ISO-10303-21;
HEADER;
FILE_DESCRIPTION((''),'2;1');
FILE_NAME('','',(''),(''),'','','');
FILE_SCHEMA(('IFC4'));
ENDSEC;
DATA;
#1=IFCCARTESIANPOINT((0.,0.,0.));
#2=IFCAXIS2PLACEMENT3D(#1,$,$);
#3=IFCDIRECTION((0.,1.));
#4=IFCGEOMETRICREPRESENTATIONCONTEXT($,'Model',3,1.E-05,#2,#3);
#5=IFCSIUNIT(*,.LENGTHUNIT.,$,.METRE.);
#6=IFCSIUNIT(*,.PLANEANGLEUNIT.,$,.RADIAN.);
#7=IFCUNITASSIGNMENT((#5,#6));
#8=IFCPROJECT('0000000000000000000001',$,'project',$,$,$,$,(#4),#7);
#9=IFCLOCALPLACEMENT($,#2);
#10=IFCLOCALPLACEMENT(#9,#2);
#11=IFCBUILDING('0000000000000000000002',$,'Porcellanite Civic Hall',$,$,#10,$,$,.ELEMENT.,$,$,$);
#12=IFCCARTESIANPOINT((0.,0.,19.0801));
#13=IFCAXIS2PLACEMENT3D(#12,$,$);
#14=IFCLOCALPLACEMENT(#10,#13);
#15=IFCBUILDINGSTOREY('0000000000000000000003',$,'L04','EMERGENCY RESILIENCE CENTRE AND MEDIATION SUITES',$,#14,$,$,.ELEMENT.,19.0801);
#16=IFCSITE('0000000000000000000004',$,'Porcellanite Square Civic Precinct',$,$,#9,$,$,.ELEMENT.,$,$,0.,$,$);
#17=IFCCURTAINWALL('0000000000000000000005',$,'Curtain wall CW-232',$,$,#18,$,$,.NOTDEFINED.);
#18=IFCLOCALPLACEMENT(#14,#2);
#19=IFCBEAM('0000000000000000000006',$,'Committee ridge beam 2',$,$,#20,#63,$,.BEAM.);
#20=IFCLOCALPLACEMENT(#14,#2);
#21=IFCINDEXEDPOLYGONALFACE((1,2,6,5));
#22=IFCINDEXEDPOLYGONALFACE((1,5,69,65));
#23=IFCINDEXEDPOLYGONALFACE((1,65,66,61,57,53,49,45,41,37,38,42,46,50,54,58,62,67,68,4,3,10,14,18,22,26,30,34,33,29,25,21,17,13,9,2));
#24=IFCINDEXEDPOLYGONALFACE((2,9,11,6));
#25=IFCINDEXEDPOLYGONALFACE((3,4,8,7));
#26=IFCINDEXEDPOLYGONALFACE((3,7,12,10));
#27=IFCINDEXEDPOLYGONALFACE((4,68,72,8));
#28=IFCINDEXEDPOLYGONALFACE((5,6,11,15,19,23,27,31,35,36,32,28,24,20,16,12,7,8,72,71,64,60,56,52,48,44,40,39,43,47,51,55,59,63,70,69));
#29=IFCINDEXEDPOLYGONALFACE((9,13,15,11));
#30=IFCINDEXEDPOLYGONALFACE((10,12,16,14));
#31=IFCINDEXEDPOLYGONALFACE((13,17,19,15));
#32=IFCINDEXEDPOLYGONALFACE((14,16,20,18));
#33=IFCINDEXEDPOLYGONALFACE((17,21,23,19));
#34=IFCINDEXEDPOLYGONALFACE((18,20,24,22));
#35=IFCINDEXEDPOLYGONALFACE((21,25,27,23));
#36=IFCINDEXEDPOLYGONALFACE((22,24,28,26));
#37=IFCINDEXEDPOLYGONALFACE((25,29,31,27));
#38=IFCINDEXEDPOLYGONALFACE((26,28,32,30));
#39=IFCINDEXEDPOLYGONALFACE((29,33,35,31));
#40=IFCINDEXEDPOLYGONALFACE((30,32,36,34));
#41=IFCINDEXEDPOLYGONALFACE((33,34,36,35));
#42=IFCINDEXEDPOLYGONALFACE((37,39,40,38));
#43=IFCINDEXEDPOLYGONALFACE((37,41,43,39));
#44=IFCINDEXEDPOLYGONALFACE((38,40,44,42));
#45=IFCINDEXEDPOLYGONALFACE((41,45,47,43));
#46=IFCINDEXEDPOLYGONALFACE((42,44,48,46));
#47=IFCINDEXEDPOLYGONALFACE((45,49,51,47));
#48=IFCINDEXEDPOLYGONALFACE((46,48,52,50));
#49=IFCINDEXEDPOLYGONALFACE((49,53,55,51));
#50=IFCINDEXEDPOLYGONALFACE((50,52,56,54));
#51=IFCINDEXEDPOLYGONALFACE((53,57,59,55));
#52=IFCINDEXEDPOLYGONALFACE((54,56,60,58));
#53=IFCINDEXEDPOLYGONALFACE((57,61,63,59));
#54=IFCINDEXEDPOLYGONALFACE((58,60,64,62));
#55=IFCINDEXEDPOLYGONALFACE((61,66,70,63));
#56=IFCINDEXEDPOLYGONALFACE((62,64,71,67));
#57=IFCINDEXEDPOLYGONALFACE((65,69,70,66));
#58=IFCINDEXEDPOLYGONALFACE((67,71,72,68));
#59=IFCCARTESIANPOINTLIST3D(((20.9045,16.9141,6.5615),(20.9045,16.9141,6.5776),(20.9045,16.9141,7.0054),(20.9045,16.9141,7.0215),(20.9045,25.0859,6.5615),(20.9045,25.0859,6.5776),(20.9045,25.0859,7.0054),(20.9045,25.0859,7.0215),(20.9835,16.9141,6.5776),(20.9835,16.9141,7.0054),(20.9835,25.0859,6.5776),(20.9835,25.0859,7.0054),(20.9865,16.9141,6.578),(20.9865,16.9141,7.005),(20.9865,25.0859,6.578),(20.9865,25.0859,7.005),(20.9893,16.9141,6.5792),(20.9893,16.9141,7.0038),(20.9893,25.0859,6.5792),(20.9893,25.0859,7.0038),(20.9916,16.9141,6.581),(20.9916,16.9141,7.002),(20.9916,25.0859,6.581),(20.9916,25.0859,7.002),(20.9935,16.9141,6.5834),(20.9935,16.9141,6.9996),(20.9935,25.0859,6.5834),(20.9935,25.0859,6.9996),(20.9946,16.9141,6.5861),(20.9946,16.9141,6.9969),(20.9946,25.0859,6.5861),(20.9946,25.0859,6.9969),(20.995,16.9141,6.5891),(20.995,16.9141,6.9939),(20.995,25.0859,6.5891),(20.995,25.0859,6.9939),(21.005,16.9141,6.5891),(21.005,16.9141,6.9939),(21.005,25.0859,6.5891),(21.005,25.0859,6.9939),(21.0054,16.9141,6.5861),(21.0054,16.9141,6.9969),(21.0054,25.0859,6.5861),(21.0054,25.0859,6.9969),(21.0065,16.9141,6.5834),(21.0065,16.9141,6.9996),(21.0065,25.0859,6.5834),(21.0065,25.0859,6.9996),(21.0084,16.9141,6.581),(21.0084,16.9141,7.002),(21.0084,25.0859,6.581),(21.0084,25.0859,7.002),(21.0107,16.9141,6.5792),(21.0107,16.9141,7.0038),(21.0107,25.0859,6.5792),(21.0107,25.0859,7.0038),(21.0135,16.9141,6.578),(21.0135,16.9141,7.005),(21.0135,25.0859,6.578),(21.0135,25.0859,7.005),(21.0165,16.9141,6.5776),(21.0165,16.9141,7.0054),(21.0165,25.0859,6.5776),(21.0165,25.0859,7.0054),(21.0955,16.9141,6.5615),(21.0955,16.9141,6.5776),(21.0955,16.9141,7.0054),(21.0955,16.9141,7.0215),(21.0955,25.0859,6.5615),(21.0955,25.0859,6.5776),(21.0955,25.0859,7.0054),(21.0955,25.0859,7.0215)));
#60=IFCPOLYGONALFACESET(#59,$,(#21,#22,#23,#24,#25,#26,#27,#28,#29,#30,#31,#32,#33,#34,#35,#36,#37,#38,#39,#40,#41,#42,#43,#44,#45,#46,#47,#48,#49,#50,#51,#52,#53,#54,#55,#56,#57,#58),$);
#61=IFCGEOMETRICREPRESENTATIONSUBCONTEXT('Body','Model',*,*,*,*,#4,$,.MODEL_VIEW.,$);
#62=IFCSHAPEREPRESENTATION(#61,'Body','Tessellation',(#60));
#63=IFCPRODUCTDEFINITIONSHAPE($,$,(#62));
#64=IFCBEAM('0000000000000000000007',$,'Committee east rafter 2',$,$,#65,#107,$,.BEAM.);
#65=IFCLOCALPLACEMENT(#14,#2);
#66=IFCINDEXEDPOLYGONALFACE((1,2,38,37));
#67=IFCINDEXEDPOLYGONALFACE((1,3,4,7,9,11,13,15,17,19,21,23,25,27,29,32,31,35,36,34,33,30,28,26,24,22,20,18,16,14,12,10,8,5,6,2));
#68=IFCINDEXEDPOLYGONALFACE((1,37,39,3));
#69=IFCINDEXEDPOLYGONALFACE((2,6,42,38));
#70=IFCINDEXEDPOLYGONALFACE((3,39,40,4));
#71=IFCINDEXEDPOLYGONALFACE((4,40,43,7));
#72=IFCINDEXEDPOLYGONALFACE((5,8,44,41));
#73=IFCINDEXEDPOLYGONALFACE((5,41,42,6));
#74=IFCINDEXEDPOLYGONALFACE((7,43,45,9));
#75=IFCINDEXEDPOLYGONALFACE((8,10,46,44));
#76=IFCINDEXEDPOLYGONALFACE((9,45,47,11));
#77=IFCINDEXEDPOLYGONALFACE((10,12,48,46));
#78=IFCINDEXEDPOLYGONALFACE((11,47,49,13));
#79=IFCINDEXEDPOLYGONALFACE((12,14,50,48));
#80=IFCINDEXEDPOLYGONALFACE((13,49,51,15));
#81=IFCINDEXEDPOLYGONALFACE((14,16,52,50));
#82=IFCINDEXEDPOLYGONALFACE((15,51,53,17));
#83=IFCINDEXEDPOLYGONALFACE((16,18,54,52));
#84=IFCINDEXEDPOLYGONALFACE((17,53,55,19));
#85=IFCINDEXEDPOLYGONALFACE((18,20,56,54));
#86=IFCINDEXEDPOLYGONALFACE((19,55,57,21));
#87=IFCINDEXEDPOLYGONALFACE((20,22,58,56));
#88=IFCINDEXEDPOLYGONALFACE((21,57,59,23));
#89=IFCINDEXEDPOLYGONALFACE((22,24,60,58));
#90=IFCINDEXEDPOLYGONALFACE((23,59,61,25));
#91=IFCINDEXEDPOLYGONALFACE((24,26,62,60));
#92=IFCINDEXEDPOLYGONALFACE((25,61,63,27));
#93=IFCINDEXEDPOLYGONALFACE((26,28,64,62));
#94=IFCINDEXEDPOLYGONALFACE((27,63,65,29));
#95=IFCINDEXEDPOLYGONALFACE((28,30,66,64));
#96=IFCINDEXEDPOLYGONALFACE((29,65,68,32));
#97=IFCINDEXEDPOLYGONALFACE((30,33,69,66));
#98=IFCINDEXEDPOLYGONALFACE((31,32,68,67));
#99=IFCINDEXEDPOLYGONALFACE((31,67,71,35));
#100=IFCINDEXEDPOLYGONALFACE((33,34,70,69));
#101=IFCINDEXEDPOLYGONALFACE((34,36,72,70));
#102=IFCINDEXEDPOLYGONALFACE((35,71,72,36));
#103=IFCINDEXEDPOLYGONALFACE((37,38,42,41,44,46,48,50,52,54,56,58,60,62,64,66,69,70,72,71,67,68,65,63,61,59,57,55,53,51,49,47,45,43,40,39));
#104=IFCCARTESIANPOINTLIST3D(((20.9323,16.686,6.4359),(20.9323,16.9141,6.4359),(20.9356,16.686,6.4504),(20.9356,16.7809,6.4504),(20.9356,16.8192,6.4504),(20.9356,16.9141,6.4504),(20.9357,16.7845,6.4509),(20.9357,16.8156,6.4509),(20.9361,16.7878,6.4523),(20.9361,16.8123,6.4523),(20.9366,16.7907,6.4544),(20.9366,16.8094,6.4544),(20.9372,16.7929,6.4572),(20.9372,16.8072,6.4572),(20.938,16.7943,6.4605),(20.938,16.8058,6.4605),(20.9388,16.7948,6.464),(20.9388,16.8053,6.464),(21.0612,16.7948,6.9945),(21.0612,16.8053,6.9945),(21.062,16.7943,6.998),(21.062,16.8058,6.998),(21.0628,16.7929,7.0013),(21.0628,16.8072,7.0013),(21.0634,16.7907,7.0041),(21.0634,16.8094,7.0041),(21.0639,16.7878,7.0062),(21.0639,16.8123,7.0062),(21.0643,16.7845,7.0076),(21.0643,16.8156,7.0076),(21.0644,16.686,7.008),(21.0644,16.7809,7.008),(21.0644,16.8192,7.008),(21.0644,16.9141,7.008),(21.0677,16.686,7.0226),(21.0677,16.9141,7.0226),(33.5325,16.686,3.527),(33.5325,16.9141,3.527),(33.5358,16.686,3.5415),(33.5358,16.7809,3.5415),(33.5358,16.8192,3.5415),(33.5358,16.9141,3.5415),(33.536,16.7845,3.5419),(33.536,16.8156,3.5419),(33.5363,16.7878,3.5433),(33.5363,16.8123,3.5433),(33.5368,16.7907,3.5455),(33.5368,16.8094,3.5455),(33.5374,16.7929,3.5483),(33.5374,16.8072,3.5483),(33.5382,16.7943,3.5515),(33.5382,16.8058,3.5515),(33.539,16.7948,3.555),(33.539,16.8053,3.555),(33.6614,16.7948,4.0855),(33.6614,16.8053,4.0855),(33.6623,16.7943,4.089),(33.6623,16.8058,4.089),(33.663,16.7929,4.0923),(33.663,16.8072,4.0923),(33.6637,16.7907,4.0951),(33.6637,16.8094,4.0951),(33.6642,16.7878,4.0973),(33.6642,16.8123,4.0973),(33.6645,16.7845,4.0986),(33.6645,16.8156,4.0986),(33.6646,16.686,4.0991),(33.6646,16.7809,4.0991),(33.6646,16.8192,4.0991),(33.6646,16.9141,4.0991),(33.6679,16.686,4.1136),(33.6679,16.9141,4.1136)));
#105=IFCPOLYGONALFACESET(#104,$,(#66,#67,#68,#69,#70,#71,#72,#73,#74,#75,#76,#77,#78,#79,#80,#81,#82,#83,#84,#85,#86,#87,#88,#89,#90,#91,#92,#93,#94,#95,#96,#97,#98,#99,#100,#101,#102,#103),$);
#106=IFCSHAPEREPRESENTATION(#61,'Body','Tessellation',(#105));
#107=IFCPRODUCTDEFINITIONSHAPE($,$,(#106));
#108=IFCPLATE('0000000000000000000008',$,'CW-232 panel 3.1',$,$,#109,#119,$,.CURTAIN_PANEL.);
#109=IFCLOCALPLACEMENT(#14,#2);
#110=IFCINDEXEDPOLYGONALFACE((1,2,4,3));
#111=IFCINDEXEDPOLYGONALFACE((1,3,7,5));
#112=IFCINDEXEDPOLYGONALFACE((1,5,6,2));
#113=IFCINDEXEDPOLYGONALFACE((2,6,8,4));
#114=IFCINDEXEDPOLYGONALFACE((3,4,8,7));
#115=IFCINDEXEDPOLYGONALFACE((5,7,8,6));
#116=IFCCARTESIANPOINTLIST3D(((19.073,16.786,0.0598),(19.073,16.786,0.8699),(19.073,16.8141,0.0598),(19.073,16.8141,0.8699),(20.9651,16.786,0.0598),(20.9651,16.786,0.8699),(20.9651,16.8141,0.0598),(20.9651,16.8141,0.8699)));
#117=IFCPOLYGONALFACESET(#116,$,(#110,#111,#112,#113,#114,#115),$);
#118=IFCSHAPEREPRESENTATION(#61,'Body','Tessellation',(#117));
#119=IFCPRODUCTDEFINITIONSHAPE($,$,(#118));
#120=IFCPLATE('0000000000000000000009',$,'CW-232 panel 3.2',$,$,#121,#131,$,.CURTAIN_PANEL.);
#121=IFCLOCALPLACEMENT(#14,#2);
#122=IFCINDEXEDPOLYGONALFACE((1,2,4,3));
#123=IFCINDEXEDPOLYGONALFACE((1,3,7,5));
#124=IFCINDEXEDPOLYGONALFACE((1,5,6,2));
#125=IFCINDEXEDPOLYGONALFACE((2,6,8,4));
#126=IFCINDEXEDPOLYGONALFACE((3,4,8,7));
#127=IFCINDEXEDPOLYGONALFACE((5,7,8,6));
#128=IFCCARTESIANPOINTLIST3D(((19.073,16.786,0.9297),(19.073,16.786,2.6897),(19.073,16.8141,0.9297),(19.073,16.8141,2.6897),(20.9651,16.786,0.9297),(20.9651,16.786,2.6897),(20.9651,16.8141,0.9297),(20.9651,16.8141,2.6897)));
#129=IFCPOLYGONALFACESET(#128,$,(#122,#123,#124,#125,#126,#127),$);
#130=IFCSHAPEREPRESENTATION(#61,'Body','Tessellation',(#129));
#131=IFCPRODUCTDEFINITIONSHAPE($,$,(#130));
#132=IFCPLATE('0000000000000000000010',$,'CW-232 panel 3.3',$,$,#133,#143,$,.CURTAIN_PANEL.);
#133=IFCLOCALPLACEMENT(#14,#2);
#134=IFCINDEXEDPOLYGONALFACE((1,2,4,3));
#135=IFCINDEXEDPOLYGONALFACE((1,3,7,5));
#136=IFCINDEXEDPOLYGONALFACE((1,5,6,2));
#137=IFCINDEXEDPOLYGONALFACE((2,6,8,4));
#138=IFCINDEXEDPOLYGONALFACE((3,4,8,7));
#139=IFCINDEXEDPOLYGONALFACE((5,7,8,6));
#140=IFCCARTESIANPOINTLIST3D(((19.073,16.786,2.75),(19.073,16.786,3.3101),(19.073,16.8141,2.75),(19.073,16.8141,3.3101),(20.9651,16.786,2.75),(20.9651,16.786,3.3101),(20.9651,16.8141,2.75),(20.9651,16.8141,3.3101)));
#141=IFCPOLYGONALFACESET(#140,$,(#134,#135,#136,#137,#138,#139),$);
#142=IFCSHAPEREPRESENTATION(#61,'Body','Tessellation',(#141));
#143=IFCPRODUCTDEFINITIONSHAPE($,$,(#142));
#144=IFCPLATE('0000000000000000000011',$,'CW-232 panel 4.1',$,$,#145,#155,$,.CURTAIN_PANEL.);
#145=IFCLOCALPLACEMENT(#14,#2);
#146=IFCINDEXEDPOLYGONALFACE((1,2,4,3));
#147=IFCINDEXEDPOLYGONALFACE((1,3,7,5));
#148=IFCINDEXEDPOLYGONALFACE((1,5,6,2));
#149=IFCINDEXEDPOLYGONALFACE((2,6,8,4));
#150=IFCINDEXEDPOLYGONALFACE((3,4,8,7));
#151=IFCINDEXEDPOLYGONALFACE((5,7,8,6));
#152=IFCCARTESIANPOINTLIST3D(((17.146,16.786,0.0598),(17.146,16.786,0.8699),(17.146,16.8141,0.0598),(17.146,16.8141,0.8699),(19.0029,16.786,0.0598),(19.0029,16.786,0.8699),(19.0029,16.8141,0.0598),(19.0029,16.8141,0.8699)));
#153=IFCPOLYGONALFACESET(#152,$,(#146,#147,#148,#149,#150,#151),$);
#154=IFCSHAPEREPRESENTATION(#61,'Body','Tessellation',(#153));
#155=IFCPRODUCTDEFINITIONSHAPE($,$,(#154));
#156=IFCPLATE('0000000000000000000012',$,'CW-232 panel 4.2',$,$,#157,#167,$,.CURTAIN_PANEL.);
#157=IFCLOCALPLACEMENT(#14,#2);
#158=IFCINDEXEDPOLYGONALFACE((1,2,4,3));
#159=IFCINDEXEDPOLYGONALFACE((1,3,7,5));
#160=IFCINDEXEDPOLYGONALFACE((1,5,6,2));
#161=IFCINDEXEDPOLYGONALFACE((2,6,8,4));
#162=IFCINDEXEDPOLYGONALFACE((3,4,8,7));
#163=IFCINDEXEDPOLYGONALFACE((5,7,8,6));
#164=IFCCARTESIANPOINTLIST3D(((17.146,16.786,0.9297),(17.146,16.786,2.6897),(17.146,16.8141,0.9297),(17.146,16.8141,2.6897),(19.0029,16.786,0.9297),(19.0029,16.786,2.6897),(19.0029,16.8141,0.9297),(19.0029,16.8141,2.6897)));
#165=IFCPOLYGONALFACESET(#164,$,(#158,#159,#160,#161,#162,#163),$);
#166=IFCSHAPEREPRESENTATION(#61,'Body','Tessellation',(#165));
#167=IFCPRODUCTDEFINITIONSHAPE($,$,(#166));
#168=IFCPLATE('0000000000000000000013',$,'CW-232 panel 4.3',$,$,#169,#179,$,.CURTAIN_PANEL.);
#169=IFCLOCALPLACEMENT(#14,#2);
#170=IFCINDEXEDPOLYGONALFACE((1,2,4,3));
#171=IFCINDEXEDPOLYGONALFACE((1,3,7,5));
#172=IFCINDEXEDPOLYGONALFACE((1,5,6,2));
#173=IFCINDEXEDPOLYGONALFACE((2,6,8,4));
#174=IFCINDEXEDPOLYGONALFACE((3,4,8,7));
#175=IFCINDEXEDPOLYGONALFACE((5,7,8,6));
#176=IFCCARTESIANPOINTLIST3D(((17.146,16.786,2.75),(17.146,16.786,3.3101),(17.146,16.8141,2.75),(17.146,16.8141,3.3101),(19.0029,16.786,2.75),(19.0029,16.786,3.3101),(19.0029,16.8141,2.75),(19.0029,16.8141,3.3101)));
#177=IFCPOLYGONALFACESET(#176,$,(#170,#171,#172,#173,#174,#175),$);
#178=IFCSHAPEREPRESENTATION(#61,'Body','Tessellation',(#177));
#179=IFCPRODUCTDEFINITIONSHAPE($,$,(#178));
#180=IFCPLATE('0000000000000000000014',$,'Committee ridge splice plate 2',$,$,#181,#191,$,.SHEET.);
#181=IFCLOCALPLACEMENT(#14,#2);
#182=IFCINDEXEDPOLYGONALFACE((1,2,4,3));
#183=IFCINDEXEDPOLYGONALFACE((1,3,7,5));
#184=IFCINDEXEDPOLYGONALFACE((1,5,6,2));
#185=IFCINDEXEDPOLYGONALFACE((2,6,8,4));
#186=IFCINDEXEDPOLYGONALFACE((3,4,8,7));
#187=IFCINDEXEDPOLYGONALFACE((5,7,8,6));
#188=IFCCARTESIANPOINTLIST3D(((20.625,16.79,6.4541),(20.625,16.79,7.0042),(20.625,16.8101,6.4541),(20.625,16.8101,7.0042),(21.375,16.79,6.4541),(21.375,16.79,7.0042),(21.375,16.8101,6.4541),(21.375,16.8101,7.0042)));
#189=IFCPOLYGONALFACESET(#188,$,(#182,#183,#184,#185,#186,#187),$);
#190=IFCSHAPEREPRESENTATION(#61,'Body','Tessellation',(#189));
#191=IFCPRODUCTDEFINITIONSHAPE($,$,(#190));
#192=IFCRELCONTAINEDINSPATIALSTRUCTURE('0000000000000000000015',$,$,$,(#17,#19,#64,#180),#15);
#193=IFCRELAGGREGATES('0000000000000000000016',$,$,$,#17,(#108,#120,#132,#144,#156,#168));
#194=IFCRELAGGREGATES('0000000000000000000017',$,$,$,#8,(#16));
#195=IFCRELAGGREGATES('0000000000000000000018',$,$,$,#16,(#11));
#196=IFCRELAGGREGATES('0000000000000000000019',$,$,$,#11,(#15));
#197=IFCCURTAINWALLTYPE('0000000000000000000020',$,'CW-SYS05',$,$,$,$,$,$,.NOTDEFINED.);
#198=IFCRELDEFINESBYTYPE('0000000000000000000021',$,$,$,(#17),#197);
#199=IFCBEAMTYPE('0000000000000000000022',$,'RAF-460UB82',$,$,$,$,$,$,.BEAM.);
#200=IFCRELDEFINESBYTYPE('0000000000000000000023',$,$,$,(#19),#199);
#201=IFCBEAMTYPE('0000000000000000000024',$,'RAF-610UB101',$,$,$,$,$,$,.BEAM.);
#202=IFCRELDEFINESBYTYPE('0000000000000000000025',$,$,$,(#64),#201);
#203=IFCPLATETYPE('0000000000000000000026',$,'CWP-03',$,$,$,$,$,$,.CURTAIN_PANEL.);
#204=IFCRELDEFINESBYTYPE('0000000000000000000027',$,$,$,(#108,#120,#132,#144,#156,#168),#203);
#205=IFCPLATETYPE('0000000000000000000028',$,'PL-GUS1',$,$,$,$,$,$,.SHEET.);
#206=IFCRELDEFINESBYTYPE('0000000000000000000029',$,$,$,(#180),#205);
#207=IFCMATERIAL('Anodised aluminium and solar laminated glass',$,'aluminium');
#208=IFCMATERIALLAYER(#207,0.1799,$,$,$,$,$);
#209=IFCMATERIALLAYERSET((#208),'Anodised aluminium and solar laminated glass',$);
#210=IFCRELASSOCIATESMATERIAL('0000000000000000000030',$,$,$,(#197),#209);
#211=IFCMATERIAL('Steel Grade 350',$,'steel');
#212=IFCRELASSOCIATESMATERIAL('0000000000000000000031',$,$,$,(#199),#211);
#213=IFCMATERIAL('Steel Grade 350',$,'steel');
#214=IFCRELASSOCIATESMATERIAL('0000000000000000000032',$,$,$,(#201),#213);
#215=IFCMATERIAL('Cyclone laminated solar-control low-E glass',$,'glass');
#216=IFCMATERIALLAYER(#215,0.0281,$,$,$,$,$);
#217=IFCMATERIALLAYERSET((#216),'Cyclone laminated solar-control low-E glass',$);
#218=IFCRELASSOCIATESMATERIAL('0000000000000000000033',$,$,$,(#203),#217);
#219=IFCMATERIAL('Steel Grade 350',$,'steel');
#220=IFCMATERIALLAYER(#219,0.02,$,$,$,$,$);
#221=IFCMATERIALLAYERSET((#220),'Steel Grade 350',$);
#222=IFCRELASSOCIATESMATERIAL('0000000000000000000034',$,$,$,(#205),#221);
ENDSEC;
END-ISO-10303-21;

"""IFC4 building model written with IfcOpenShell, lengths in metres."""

from ifc_helpers import new_model, si_unit, direction, frame, origin, origin_2d, place, context, subcontext, project, spatial, rectangle, i_section, extrude, material, layer, layer_set, material_profile, profile_set, type_object, element, aggregate, save


model = new_model("IFC4")

# Units and contexts
model_context = context("Model", 3, precision=1e-05, world=origin(), true_north=direction((0.0, 1.0)))
body_context = subcontext(model_context, "Body", "Model", "MODEL_VIEW")
ifc_project = project(units=[si_unit("LENGTHUNIT", "METRE"), si_unit("PLANEANGLEUNIT", "RADIAN")], contexts=[model_context])

# Site, building, storey
site_placement = place(None, origin())
site = spatial("IfcSite", under=ifc_project, at=site_placement, Name="Porcellanite Square Civic Precinct", CompositionType="ELEMENT", RefElevation=0.0)
building_placement = place(site_placement, origin())
building = spatial("IfcBuilding", under=site, at=building_placement, Name="Porcellanite Civic Hall", CompositionType="ELEMENT")
storey_placement = place(building_placement, frame((0.0, 0.0, 19.0801)))
storey = spatial("IfcBuildingStorey", under=building, at=storey_placement, Name="L04", Description="EMERGENCY RESILIENCE CENTRE AND MEDIATION SUITES", CompositionType="ELEMENT", Elevation=19.0801)

# Curtain wall
ifc_material_1 = material(Name="Anodised aluminium and solar laminated glass", Category="aluminium")
ifc_layer_1 = layer(ifc_material_1, 0.1799)
ifc_layer_set_1 = layer_set([ifc_layer_1], Name="Anodised aluminium and solar laminated glass")
curtain_wall_type = type_object("IfcCurtainWallType", Name="CW-SYS05", PredefinedType="NOTDEFINED", material=ifc_layer_set_1)
curtain_wall_placement = place(storey_placement, origin())
curtain_wall = element("IfcCurtainWall", 1, at=curtain_wall_placement, inside=storey, type_object=curtain_wall_type, Name="Curtain wall CW-232", PredefinedType="NOTDEFINED")

# Beams
ifc_material_2 = material(Name="Steel Grade 350", Category="steel")
ifc_material_profile_1 = material_profile(ifc_material_2, i_section(OverallWidth=0.1909, OverallDepth=0.46, WebThickness=0.01, FlangeThickness=0.0161, FilletRadius=0.0115, at=origin_2d()), Name="460UB82.1")
ifc_profile_set_1 = profile_set([ifc_material_profile_1], Name="Steel Grade 350")
beam_type_1 = type_object("IfcBeamType", Name="RAF-460UB82", PredefinedType="BEAM", material=ifc_profile_set_1)
beam_1_placement = place(storey_placement, frame((21.0, 16.9141, 6.7915), z_axis=(0.0, 1.0, 0.0), x_axis=(-1.0, 0.0, 0.0)))
element("IfcBeam", 2, at=beam_1_placement, inside=storey, type_object=beam_type_1, Name="Committee ridge beam 2", PredefinedType="BEAM", context=body_context, shape_type="SweptSolid", body=[
    extrude(i_section(OverallWidth=0.1909, OverallDepth=0.46, WebThickness=0.01, FlangeThickness=0.0161, FilletRadius=0.0115, at=origin_2d()), origin(), (0.0, 0.0, 1.0), 8.1719),
])
ifc_material_3 = material(Name="Steel Grade 350", Category="steel")
ifc_material_profile_2 = material_profile(ifc_material_3, i_section(OverallWidth=0.228, OverallDepth=0.6021, WebThickness=0.0105, FlangeThickness=0.0149, FilletRadius=0.0139, at=origin_2d()), Name="610UB101")
ifc_profile_set_2 = profile_set([ifc_material_profile_2], Name="Steel Grade 350")
beam_type_2 = type_object("IfcBeamType", Name="RAF-610UB101", PredefinedType="BEAM", material=ifc_profile_set_2)
beam_2_placement = place(storey_placement, frame((21.0, 16.8, 6.7292), z_axis=(0.974371, 0.0, -0.224949), x_axis=(0.0, 1.0, 0.0)))
element("IfcBeam", 3, at=beam_2_placement, inside=storey, type_object=beam_type_2, Name="Committee east rafter 2", PredefinedType="BEAM", context=body_context, shape_type="SweptSolid", body=[
    extrude(i_section(OverallWidth=0.228, OverallDepth=0.6021, WebThickness=0.0105, FlangeThickness=0.0149, FilletRadius=0.0139, at=origin_2d()), origin(), (0.0, 0.0, 1.0), 12.9316),
])

# Plates
ifc_material_4 = material(Name="Cyclone laminated solar-control low-E glass", Category="glass")
ifc_layer_2 = layer(ifc_material_4, 0.0281)
ifc_layer_set_2 = layer_set([ifc_layer_2], Name="Cyclone laminated solar-control low-E glass")
plate_type_1 = type_object("IfcPlateType", Name="CWP-03", PredefinedType="CURTAIN_PANEL", material=ifc_layer_set_2)
plate_1_placement = place(storey_placement, frame((20.019, 16.8, 0.0598), z_axis=(0.0, 0.0, 1.0), x_axis=(-1.0, 0.0, 0.0)))
plate_1 = element("IfcPlate", 4, at=plate_1_placement, type_object=plate_type_1, Name="CW-232 panel 3.1", PredefinedType="CURTAIN_PANEL", context=body_context, shape_type="SweptSolid", body=[
    extrude(rectangle(XDim=1.8921, YDim=0.0281, at=origin_2d()), origin(), (0.0, 0.0, 1.0), 0.8101),
])
plate_2_placement = place(storey_placement, frame((20.019, 16.8, 0.9297), z_axis=(0.0, 0.0, 1.0), x_axis=(-1.0, 0.0, 0.0)))
plate_2 = element("IfcPlate", 5, at=plate_2_placement, type_object=plate_type_1, Name="CW-232 panel 3.2", PredefinedType="CURTAIN_PANEL", context=body_context, shape_type="SweptSolid", body=[
    extrude(rectangle(XDim=1.8921, YDim=0.0281, at=origin_2d()), origin(), (0.0, 0.0, 1.0), 1.76),
])
plate_3_placement = place(storey_placement, frame((20.019, 16.8, 2.75), z_axis=(0.0, 0.0, 1.0), x_axis=(-1.0, 0.0, 0.0)))
plate_3 = element("IfcPlate", 6, at=plate_3_placement, type_object=plate_type_1, Name="CW-232 panel 3.3", PredefinedType="CURTAIN_PANEL", context=body_context, shape_type="SweptSolid", body=[
    extrude(rectangle(XDim=1.8921, YDim=0.0281, at=origin_2d()), origin(), (0.0, 0.0, 1.0), 0.5601),
])
plate_4_placement = place(storey_placement, frame((18.0745, 16.8, 0.0598), z_axis=(0.0, 0.0, 1.0), x_axis=(-1.0, 0.0, 0.0)))
plate_4 = element("IfcPlate", 7, at=plate_4_placement, type_object=plate_type_1, Name="CW-232 panel 4.1", PredefinedType="CURTAIN_PANEL", context=body_context, shape_type="SweptSolid", body=[
    extrude(rectangle(XDim=1.8569, YDim=0.0281, at=origin_2d()), origin(), (0.0, 0.0, 1.0), 0.8101),
])
plate_5_placement = place(storey_placement, frame((18.0745, 16.8, 0.9297), z_axis=(0.0, 0.0, 1.0), x_axis=(-1.0, 0.0, 0.0)))
plate_5 = element("IfcPlate", 8, at=plate_5_placement, type_object=plate_type_1, Name="CW-232 panel 4.2", PredefinedType="CURTAIN_PANEL", context=body_context, shape_type="SweptSolid", body=[
    extrude(rectangle(XDim=1.8569, YDim=0.0281, at=origin_2d()), origin(), (0.0, 0.0, 1.0), 1.76),
])
plate_6_placement = place(storey_placement, frame((18.0745, 16.8, 2.75), z_axis=(0.0, 0.0, 1.0), x_axis=(-1.0, 0.0, 0.0)))
plate_6 = element("IfcPlate", 9, at=plate_6_placement, type_object=plate_type_1, Name="CW-232 panel 4.3", PredefinedType="CURTAIN_PANEL", context=body_context, shape_type="SweptSolid", body=[
    extrude(rectangle(XDim=1.8569, YDim=0.0281, at=origin_2d()), origin(), (0.0, 0.0, 1.0), 0.5601),
])
aggregate(curtain_wall, [plate_1, plate_2, plate_3, plate_4, plate_5, plate_6])
ifc_material_5 = material(Name="Steel Grade 350", Category="steel")
ifc_layer_3 = layer(ifc_material_5, 0.02)
ifc_layer_set_3 = layer_set([ifc_layer_3], Name="Steel Grade 350")
plate_type_2 = type_object("IfcPlateType", Name="PL-GUS1", PredefinedType="SHEET", material=ifc_layer_set_3)
plate_7_placement = place(storey_placement, frame((21.0, 16.8, 6.4541), z_axis=(0.0, 0.0, 1.0), x_axis=(1.0, 0.0, 0.0)))
element("IfcPlate", 10, at=plate_7_placement, inside=storey, type_object=plate_type_2, Name="Committee ridge splice plate 2", PredefinedType="SHEET", context=body_context, shape_type="SweptSolid", body=[
    extrude(rectangle(XDim=0.75, YDim=0.02, at=origin_2d()), origin(), (0.0, 0.0, 1.0), 0.55),
])

save(model, "model.ifc")
